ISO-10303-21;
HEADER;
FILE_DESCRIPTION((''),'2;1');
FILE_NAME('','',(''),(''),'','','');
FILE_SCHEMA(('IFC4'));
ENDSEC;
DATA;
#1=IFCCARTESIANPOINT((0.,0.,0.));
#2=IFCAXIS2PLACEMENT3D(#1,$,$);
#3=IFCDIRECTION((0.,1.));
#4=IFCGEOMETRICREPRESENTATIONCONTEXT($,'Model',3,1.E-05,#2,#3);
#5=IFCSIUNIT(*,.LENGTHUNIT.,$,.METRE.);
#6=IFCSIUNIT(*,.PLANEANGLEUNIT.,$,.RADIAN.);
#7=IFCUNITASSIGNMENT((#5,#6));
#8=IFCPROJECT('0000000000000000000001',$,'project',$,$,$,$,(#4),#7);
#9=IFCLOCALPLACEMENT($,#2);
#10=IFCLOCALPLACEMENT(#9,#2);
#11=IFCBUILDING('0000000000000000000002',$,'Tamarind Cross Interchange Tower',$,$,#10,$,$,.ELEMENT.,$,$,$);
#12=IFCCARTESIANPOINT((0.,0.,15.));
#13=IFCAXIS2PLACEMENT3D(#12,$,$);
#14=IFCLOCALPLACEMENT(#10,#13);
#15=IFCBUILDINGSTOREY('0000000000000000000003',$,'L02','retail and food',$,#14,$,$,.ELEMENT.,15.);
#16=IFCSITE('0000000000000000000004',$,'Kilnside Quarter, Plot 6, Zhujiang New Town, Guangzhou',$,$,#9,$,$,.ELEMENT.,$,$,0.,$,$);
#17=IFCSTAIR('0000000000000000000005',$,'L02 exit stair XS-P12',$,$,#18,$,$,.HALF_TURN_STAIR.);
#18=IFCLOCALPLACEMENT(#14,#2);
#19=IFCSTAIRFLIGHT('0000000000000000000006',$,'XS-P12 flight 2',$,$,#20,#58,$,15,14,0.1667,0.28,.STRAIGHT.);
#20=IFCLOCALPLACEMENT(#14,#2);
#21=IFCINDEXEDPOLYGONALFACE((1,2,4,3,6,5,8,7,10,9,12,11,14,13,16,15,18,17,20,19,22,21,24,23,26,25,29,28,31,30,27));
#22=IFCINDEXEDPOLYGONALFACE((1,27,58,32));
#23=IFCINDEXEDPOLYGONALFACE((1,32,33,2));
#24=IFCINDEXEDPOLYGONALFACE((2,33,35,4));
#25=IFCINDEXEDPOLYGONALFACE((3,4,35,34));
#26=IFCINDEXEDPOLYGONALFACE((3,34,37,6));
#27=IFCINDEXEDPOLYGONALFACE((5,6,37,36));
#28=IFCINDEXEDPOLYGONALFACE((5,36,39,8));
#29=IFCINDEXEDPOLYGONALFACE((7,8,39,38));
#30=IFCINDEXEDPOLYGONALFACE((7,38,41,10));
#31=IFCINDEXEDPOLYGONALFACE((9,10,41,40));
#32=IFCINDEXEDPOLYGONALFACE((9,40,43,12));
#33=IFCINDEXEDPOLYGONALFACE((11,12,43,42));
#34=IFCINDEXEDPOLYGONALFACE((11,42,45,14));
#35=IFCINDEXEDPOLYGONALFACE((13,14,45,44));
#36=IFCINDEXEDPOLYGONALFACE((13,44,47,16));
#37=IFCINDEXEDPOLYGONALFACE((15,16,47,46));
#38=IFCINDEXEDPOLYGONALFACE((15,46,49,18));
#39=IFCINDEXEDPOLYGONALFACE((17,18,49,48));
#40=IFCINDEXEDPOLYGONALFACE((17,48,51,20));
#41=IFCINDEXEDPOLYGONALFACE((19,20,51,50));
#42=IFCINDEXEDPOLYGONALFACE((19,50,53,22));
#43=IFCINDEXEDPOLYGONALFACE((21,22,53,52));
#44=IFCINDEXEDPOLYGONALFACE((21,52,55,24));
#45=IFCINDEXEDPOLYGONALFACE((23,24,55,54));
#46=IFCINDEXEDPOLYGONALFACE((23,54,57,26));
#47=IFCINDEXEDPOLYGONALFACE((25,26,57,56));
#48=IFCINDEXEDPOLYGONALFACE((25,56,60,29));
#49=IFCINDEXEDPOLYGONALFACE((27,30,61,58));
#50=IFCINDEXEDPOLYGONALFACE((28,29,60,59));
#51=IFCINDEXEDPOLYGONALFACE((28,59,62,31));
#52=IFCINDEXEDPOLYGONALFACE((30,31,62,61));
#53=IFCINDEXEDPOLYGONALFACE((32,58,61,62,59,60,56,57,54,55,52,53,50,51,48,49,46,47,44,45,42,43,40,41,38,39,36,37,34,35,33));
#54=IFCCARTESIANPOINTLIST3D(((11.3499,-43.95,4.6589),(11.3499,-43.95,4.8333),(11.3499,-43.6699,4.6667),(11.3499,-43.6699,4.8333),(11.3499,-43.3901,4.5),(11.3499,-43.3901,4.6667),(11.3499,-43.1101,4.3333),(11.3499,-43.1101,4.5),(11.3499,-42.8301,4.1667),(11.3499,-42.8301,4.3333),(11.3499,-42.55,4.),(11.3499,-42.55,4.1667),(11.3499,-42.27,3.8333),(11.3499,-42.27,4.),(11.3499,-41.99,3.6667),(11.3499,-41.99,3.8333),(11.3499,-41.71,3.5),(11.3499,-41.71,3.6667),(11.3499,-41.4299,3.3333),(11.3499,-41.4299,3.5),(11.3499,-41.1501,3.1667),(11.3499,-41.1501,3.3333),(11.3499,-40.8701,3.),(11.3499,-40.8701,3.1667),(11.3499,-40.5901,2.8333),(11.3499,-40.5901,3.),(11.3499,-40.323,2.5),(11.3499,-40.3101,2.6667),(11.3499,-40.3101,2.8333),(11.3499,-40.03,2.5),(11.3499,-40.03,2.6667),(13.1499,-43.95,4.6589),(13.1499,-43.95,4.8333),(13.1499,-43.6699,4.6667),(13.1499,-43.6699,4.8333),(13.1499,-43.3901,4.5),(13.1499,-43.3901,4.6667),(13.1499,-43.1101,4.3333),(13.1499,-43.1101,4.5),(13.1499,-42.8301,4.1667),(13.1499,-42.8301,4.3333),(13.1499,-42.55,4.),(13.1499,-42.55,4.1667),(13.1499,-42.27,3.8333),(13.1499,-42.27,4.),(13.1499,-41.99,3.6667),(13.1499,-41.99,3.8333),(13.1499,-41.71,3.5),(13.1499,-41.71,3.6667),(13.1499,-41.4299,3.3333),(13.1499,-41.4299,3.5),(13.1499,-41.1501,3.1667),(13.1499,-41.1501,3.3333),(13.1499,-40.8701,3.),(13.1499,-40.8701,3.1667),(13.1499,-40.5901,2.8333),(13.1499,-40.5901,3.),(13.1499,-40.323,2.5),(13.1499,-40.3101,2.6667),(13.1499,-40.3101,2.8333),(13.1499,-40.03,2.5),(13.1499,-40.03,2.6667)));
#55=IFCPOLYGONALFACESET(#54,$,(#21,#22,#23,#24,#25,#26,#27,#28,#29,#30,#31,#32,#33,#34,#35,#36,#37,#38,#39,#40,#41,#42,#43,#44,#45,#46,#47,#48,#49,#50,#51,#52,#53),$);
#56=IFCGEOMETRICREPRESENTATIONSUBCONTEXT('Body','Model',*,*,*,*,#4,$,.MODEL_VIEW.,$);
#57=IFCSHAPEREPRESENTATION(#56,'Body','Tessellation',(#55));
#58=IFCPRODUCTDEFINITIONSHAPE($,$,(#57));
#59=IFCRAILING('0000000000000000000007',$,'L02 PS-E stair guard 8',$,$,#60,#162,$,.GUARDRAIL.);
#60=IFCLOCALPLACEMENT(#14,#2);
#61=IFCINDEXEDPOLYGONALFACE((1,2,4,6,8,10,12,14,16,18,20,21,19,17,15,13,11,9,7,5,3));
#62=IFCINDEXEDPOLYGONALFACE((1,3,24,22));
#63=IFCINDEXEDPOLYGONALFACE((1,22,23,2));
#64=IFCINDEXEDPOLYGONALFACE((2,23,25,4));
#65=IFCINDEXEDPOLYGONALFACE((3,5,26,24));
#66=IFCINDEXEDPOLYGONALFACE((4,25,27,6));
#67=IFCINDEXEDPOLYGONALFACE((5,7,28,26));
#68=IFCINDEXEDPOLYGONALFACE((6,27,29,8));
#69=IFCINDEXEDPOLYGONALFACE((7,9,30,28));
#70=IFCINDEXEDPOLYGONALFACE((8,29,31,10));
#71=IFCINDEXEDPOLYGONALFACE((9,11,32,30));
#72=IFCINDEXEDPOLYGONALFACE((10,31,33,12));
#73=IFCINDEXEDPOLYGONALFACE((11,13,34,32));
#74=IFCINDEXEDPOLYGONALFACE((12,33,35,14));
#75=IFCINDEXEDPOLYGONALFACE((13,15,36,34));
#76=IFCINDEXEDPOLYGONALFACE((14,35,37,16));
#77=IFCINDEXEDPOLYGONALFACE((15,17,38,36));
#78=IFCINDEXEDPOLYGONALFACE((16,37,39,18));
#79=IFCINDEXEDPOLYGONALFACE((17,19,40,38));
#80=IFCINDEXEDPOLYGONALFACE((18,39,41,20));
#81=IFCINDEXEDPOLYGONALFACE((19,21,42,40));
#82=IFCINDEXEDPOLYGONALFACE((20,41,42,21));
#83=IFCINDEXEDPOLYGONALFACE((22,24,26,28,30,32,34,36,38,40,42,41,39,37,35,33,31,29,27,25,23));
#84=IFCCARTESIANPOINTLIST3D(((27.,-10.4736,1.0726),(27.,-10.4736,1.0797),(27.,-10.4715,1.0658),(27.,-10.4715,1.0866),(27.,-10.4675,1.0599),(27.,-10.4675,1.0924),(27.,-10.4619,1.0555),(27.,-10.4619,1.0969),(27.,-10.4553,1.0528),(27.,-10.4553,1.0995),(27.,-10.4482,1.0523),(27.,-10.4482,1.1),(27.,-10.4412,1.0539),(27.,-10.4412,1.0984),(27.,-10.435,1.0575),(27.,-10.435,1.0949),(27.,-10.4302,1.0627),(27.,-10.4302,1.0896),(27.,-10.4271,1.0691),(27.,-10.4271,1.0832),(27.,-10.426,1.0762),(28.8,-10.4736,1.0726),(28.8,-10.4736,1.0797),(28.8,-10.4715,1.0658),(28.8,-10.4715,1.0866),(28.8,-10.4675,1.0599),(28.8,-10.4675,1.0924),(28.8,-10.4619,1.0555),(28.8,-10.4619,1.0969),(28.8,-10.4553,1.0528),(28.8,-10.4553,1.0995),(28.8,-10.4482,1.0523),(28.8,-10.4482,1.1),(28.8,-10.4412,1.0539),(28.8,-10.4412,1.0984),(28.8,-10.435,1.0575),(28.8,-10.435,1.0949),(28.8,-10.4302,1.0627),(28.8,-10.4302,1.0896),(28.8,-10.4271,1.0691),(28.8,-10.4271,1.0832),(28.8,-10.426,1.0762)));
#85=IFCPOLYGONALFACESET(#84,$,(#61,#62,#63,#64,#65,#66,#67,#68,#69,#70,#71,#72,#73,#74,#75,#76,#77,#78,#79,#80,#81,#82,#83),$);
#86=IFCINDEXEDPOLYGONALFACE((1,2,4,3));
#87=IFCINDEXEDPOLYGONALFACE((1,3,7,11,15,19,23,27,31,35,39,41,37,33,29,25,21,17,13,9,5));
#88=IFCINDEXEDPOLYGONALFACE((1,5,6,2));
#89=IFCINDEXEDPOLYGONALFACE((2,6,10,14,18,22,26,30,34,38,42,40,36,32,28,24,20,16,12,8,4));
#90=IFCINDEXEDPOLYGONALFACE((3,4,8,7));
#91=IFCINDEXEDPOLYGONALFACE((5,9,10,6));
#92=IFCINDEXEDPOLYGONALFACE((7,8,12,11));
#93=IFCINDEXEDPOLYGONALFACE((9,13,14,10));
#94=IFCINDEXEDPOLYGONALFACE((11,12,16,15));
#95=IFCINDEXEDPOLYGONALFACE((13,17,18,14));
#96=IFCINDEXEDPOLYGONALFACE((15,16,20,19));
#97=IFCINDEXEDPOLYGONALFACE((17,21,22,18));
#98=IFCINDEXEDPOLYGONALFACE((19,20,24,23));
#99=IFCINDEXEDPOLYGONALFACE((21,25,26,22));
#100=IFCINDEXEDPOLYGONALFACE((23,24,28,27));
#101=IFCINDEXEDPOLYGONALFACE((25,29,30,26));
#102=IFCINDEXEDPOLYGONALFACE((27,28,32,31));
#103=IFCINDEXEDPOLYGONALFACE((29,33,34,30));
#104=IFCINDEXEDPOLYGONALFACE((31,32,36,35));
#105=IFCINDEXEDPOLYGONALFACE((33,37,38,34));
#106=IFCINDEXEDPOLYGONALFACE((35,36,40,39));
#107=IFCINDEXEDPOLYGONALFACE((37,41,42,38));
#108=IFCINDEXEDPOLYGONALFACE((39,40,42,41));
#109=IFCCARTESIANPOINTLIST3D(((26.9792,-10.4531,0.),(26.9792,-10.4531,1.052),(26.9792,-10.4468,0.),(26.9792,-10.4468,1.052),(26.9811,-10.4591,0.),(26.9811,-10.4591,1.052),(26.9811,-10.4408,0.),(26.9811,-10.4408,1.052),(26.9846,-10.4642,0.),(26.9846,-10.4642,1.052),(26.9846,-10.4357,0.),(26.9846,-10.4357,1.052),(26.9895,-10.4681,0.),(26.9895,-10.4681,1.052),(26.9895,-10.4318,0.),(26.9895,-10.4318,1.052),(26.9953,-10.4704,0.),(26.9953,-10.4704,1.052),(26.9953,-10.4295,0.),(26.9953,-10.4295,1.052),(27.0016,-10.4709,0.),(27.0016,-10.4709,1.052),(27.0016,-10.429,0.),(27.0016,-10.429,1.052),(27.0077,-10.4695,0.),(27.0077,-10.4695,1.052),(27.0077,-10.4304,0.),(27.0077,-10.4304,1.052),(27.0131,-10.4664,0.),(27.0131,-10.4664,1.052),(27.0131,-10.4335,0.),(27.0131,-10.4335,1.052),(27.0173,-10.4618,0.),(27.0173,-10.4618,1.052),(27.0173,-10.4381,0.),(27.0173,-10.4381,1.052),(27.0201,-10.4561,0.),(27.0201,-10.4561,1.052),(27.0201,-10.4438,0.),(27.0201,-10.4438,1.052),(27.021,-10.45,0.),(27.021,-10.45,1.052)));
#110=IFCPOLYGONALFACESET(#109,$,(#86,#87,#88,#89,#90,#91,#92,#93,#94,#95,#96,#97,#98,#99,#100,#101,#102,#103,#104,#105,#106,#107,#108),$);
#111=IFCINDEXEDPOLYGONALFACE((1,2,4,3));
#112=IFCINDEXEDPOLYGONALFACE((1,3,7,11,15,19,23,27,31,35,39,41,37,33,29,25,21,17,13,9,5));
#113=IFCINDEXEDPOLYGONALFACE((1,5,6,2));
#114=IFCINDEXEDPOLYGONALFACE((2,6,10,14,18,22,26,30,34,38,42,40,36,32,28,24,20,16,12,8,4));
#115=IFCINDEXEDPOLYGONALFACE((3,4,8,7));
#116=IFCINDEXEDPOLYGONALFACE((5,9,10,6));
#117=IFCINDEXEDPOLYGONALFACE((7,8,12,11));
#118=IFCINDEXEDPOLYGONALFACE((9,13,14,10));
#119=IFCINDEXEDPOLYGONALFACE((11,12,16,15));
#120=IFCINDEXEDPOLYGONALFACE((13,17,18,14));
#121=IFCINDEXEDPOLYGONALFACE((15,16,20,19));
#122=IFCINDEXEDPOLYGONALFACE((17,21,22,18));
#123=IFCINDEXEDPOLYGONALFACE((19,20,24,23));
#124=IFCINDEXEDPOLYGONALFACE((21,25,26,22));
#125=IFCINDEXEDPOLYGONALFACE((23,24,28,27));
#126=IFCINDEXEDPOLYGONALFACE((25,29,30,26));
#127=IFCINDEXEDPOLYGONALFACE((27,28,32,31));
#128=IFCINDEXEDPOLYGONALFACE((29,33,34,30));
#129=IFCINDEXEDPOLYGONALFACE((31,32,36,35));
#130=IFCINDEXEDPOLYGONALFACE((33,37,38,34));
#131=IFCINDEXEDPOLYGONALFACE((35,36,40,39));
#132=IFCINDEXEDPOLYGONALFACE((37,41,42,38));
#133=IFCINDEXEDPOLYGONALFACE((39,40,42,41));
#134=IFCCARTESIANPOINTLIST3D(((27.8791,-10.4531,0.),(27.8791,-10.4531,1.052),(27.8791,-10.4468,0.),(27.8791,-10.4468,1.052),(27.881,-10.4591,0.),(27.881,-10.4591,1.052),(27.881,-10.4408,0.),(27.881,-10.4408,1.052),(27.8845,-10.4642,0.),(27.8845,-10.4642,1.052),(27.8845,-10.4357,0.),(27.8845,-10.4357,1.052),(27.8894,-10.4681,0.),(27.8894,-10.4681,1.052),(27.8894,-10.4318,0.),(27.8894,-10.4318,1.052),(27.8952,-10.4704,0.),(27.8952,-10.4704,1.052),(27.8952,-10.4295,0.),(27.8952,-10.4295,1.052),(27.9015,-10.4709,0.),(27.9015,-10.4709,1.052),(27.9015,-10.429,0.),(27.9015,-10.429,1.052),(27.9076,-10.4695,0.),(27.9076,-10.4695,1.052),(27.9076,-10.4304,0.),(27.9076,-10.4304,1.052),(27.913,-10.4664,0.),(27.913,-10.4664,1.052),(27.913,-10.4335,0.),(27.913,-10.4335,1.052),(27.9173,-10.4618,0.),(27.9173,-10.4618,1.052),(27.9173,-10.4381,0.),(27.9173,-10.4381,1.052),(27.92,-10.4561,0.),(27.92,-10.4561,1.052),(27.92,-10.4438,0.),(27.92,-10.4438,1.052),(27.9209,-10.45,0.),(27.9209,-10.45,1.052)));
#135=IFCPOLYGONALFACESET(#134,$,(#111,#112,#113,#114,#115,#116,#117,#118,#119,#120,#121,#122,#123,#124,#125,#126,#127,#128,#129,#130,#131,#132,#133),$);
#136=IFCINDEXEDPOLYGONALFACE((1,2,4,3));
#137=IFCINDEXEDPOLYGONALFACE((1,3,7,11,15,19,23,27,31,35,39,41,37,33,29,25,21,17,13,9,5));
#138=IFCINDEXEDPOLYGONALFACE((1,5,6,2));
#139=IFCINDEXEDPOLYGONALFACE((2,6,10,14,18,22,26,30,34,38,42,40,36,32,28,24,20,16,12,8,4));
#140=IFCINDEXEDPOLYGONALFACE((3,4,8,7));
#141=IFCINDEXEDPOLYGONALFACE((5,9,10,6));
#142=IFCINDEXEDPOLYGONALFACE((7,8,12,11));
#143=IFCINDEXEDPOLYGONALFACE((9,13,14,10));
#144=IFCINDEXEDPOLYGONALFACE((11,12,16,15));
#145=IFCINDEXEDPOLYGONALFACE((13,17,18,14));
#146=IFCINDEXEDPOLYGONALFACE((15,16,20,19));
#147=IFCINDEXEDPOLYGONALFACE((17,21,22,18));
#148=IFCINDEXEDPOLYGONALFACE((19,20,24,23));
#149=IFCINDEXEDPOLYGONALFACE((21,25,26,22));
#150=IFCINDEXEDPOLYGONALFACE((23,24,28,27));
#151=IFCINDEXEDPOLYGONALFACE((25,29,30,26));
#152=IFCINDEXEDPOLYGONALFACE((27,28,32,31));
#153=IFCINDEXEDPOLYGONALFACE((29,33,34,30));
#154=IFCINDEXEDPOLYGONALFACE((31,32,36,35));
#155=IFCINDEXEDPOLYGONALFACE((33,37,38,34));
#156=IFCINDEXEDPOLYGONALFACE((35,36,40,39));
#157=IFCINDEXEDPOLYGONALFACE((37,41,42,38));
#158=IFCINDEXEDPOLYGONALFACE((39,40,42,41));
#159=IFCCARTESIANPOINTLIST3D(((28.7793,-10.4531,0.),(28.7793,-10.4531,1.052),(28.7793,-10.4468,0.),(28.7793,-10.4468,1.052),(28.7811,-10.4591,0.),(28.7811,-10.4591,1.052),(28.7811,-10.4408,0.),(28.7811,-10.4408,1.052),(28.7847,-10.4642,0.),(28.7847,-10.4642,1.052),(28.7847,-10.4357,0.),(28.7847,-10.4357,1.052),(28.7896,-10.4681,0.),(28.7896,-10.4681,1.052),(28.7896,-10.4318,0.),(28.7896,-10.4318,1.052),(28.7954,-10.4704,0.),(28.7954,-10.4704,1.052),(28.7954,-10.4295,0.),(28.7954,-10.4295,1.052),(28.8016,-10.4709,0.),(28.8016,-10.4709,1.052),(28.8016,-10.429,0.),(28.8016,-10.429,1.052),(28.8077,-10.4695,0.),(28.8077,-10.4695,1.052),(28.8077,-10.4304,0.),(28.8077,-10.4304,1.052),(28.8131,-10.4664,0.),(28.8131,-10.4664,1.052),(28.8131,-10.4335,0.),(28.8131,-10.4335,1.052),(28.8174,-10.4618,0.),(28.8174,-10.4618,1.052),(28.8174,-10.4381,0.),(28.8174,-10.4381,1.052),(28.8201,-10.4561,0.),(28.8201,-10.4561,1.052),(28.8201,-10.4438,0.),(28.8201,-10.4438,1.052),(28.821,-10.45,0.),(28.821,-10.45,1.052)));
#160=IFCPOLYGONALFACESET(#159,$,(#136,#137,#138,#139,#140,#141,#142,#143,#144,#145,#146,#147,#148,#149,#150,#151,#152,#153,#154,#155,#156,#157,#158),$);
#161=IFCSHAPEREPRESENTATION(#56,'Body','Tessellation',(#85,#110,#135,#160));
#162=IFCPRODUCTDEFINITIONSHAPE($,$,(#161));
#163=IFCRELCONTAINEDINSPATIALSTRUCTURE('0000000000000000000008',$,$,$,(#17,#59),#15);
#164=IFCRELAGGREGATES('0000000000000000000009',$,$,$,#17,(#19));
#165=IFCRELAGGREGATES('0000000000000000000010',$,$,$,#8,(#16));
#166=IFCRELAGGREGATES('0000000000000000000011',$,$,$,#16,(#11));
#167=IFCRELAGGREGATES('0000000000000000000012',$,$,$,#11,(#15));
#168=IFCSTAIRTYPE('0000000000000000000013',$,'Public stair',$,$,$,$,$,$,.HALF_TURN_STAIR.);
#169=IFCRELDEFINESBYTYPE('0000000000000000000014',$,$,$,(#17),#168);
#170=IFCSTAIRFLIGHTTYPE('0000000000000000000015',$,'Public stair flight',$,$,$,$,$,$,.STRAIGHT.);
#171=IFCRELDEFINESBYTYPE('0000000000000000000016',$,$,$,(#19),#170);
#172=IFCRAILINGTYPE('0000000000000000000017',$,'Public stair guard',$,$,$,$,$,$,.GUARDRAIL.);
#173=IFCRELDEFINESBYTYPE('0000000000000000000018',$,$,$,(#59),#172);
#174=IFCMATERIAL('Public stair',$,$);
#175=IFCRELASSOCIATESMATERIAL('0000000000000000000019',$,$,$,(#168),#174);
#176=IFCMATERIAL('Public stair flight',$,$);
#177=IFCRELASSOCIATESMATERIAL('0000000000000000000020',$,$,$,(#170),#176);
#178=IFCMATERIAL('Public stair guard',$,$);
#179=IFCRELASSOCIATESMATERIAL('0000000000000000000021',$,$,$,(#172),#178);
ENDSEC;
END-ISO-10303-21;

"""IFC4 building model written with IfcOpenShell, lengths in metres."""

from ifc_helpers import new_model, si_unit, direction, frame, origin, origin_2d, place, context, subcontext, project, spatial, polyline, circle, outline, extrude, material, type_object, element, aggregate, save


model = new_model("IFC4")

# Units and contexts
model_context = context("Model", 3, precision=1e-05, world=origin(), true_north=direction((0.0, 1.0)))
body_context = subcontext(model_context, "Body", "Model", "MODEL_VIEW")
ifc_project = project(units=[si_unit("LENGTHUNIT", "METRE"), si_unit("PLANEANGLEUNIT", "RADIAN")], contexts=[model_context])

# Site, building, storey
site_placement = place(None, origin())
site = spatial("IfcSite", under=ifc_project, at=site_placement, Name="Kilnside Quarter, Plot 6, Zhujiang New Town, Guangzhou", CompositionType="ELEMENT", RefElevation=0.0)
building_placement = place(site_placement, origin())
building = spatial("IfcBuilding", under=site, at=building_placement, Name="Tamarind Cross Interchange Tower", CompositionType="ELEMENT")
storey_placement = place(building_placement, frame((0.0, 0.0, 15.0)))
storey = spatial("IfcBuildingStorey", under=building, at=storey_placement, Name="L02", Description="retail and food", CompositionType="ELEMENT", Elevation=15.0)

# Stair, stair flight
ifc_material_1 = material(Name="Public stair")
stair_type = type_object("IfcStairType", Name="Public stair", PredefinedType="HALF_TURN_STAIR", material=ifc_material_1)
stair_placement = place(storey_placement, origin())
stair = element("IfcStair", 1, at=stair_placement, inside=storey, type_object=stair_type, Name="L02 exit stair XS-P12", PredefinedType="HALF_TURN_STAIR")
ifc_material_2 = material(Name="Public stair flight")
stair_flight_type = type_object("IfcStairFlightType", Name="Public stair flight", PredefinedType="STRAIGHT", material=ifc_material_2)
stair_flight_placement = place(storey_placement, frame((12.25, -40.03, 2.5), z_axis=(0.0, 0.0, 1.0), x_axis=(0.0, -1.0, 0.0)))
stair_flight = element("IfcStairFlight", 2, at=stair_flight_placement, type_object=stair_flight_type, Name="XS-P12 flight 2", NumberOfRisers=15, NumberOfTreads=14, PredefinedType="STRAIGHT", RiserHeight=0.1667, TreadLength=0.28, context=body_context, shape_type="SweptSolid", body=[
    extrude(outline(polyline([(0.0, 0.0), (0.0, 0.1667), (0.28, 0.1667), (0.28, 0.3333), (0.5601, 0.3333), (0.5601, 0.5), (0.8401, 0.5), (0.8401, 0.6667), (1.1201, 0.6667), (1.1201, 0.8333), (1.3999, 0.8333), (1.3999, 1.0), (1.6799, 1.0), (1.6799, 1.1667), (1.96, 1.1667), (1.96, 1.3333), (2.24, 1.3333), (2.24, 1.5), (2.52, 1.5), (2.52, 1.6667), (2.8, 1.6667), (2.8, 1.8333), (3.0801, 1.8333), (3.0801, 2.0), (3.3601, 2.0), (3.3601, 2.1667), (3.6399, 2.1667), (3.6399, 2.3333), (3.9199, 2.3333), (3.9199, 2.5), (3.9199, 2.1589), (0.293, 0.0), (0.0, 0.0)])), frame((0.0, 0.8999, 0.0), z_axis=(0.0, -1.0, 0.0), x_axis=(1.0, 0.0, 0.0)), (0.0, 0.0, 1.0), 1.8),
])
aggregate(stair, [stair_flight])

# Railing
ifc_material_3 = material(Name="Public stair guard")
railing_type = type_object("IfcRailingType", Name="Public stair guard", PredefinedType="GUARDRAIL", material=ifc_material_3)
railing_1_placement = place(storey_placement, frame((27.0, -10.45, 0.0)))
element("IfcRailing", 3, at=railing_1_placement, inside=storey, type_object=railing_type, Name="L02 PS-E stair guard 8", PredefinedType="GUARDRAIL", context=body_context, shape_type="SweptSolid", body=[
    extrude(circle(Radius=0.0239, at=origin_2d()), frame((0.0, 0.0, 1.0762), z_axis=(1.0, 0.0, 0.0), x_axis=(0.0, 1.0, 0.0)), (0.0, 0.0, 1.0), 1.8),
    extrude(circle(Radius=0.021, at=origin_2d()), origin(), (0.0, 0.0, 1.0), 1.052),
    extrude(circle(Radius=0.021, at=origin_2d()), frame((0.8999, 0.0, 0.0)), (0.0, 0.0, 1.0), 1.052),
    extrude(circle(Radius=0.021, at=origin_2d()), frame((1.8, 0.0, 0.0)), (0.0, 0.0, 1.0), 1.052),
])

save(model, "model.ifc")
